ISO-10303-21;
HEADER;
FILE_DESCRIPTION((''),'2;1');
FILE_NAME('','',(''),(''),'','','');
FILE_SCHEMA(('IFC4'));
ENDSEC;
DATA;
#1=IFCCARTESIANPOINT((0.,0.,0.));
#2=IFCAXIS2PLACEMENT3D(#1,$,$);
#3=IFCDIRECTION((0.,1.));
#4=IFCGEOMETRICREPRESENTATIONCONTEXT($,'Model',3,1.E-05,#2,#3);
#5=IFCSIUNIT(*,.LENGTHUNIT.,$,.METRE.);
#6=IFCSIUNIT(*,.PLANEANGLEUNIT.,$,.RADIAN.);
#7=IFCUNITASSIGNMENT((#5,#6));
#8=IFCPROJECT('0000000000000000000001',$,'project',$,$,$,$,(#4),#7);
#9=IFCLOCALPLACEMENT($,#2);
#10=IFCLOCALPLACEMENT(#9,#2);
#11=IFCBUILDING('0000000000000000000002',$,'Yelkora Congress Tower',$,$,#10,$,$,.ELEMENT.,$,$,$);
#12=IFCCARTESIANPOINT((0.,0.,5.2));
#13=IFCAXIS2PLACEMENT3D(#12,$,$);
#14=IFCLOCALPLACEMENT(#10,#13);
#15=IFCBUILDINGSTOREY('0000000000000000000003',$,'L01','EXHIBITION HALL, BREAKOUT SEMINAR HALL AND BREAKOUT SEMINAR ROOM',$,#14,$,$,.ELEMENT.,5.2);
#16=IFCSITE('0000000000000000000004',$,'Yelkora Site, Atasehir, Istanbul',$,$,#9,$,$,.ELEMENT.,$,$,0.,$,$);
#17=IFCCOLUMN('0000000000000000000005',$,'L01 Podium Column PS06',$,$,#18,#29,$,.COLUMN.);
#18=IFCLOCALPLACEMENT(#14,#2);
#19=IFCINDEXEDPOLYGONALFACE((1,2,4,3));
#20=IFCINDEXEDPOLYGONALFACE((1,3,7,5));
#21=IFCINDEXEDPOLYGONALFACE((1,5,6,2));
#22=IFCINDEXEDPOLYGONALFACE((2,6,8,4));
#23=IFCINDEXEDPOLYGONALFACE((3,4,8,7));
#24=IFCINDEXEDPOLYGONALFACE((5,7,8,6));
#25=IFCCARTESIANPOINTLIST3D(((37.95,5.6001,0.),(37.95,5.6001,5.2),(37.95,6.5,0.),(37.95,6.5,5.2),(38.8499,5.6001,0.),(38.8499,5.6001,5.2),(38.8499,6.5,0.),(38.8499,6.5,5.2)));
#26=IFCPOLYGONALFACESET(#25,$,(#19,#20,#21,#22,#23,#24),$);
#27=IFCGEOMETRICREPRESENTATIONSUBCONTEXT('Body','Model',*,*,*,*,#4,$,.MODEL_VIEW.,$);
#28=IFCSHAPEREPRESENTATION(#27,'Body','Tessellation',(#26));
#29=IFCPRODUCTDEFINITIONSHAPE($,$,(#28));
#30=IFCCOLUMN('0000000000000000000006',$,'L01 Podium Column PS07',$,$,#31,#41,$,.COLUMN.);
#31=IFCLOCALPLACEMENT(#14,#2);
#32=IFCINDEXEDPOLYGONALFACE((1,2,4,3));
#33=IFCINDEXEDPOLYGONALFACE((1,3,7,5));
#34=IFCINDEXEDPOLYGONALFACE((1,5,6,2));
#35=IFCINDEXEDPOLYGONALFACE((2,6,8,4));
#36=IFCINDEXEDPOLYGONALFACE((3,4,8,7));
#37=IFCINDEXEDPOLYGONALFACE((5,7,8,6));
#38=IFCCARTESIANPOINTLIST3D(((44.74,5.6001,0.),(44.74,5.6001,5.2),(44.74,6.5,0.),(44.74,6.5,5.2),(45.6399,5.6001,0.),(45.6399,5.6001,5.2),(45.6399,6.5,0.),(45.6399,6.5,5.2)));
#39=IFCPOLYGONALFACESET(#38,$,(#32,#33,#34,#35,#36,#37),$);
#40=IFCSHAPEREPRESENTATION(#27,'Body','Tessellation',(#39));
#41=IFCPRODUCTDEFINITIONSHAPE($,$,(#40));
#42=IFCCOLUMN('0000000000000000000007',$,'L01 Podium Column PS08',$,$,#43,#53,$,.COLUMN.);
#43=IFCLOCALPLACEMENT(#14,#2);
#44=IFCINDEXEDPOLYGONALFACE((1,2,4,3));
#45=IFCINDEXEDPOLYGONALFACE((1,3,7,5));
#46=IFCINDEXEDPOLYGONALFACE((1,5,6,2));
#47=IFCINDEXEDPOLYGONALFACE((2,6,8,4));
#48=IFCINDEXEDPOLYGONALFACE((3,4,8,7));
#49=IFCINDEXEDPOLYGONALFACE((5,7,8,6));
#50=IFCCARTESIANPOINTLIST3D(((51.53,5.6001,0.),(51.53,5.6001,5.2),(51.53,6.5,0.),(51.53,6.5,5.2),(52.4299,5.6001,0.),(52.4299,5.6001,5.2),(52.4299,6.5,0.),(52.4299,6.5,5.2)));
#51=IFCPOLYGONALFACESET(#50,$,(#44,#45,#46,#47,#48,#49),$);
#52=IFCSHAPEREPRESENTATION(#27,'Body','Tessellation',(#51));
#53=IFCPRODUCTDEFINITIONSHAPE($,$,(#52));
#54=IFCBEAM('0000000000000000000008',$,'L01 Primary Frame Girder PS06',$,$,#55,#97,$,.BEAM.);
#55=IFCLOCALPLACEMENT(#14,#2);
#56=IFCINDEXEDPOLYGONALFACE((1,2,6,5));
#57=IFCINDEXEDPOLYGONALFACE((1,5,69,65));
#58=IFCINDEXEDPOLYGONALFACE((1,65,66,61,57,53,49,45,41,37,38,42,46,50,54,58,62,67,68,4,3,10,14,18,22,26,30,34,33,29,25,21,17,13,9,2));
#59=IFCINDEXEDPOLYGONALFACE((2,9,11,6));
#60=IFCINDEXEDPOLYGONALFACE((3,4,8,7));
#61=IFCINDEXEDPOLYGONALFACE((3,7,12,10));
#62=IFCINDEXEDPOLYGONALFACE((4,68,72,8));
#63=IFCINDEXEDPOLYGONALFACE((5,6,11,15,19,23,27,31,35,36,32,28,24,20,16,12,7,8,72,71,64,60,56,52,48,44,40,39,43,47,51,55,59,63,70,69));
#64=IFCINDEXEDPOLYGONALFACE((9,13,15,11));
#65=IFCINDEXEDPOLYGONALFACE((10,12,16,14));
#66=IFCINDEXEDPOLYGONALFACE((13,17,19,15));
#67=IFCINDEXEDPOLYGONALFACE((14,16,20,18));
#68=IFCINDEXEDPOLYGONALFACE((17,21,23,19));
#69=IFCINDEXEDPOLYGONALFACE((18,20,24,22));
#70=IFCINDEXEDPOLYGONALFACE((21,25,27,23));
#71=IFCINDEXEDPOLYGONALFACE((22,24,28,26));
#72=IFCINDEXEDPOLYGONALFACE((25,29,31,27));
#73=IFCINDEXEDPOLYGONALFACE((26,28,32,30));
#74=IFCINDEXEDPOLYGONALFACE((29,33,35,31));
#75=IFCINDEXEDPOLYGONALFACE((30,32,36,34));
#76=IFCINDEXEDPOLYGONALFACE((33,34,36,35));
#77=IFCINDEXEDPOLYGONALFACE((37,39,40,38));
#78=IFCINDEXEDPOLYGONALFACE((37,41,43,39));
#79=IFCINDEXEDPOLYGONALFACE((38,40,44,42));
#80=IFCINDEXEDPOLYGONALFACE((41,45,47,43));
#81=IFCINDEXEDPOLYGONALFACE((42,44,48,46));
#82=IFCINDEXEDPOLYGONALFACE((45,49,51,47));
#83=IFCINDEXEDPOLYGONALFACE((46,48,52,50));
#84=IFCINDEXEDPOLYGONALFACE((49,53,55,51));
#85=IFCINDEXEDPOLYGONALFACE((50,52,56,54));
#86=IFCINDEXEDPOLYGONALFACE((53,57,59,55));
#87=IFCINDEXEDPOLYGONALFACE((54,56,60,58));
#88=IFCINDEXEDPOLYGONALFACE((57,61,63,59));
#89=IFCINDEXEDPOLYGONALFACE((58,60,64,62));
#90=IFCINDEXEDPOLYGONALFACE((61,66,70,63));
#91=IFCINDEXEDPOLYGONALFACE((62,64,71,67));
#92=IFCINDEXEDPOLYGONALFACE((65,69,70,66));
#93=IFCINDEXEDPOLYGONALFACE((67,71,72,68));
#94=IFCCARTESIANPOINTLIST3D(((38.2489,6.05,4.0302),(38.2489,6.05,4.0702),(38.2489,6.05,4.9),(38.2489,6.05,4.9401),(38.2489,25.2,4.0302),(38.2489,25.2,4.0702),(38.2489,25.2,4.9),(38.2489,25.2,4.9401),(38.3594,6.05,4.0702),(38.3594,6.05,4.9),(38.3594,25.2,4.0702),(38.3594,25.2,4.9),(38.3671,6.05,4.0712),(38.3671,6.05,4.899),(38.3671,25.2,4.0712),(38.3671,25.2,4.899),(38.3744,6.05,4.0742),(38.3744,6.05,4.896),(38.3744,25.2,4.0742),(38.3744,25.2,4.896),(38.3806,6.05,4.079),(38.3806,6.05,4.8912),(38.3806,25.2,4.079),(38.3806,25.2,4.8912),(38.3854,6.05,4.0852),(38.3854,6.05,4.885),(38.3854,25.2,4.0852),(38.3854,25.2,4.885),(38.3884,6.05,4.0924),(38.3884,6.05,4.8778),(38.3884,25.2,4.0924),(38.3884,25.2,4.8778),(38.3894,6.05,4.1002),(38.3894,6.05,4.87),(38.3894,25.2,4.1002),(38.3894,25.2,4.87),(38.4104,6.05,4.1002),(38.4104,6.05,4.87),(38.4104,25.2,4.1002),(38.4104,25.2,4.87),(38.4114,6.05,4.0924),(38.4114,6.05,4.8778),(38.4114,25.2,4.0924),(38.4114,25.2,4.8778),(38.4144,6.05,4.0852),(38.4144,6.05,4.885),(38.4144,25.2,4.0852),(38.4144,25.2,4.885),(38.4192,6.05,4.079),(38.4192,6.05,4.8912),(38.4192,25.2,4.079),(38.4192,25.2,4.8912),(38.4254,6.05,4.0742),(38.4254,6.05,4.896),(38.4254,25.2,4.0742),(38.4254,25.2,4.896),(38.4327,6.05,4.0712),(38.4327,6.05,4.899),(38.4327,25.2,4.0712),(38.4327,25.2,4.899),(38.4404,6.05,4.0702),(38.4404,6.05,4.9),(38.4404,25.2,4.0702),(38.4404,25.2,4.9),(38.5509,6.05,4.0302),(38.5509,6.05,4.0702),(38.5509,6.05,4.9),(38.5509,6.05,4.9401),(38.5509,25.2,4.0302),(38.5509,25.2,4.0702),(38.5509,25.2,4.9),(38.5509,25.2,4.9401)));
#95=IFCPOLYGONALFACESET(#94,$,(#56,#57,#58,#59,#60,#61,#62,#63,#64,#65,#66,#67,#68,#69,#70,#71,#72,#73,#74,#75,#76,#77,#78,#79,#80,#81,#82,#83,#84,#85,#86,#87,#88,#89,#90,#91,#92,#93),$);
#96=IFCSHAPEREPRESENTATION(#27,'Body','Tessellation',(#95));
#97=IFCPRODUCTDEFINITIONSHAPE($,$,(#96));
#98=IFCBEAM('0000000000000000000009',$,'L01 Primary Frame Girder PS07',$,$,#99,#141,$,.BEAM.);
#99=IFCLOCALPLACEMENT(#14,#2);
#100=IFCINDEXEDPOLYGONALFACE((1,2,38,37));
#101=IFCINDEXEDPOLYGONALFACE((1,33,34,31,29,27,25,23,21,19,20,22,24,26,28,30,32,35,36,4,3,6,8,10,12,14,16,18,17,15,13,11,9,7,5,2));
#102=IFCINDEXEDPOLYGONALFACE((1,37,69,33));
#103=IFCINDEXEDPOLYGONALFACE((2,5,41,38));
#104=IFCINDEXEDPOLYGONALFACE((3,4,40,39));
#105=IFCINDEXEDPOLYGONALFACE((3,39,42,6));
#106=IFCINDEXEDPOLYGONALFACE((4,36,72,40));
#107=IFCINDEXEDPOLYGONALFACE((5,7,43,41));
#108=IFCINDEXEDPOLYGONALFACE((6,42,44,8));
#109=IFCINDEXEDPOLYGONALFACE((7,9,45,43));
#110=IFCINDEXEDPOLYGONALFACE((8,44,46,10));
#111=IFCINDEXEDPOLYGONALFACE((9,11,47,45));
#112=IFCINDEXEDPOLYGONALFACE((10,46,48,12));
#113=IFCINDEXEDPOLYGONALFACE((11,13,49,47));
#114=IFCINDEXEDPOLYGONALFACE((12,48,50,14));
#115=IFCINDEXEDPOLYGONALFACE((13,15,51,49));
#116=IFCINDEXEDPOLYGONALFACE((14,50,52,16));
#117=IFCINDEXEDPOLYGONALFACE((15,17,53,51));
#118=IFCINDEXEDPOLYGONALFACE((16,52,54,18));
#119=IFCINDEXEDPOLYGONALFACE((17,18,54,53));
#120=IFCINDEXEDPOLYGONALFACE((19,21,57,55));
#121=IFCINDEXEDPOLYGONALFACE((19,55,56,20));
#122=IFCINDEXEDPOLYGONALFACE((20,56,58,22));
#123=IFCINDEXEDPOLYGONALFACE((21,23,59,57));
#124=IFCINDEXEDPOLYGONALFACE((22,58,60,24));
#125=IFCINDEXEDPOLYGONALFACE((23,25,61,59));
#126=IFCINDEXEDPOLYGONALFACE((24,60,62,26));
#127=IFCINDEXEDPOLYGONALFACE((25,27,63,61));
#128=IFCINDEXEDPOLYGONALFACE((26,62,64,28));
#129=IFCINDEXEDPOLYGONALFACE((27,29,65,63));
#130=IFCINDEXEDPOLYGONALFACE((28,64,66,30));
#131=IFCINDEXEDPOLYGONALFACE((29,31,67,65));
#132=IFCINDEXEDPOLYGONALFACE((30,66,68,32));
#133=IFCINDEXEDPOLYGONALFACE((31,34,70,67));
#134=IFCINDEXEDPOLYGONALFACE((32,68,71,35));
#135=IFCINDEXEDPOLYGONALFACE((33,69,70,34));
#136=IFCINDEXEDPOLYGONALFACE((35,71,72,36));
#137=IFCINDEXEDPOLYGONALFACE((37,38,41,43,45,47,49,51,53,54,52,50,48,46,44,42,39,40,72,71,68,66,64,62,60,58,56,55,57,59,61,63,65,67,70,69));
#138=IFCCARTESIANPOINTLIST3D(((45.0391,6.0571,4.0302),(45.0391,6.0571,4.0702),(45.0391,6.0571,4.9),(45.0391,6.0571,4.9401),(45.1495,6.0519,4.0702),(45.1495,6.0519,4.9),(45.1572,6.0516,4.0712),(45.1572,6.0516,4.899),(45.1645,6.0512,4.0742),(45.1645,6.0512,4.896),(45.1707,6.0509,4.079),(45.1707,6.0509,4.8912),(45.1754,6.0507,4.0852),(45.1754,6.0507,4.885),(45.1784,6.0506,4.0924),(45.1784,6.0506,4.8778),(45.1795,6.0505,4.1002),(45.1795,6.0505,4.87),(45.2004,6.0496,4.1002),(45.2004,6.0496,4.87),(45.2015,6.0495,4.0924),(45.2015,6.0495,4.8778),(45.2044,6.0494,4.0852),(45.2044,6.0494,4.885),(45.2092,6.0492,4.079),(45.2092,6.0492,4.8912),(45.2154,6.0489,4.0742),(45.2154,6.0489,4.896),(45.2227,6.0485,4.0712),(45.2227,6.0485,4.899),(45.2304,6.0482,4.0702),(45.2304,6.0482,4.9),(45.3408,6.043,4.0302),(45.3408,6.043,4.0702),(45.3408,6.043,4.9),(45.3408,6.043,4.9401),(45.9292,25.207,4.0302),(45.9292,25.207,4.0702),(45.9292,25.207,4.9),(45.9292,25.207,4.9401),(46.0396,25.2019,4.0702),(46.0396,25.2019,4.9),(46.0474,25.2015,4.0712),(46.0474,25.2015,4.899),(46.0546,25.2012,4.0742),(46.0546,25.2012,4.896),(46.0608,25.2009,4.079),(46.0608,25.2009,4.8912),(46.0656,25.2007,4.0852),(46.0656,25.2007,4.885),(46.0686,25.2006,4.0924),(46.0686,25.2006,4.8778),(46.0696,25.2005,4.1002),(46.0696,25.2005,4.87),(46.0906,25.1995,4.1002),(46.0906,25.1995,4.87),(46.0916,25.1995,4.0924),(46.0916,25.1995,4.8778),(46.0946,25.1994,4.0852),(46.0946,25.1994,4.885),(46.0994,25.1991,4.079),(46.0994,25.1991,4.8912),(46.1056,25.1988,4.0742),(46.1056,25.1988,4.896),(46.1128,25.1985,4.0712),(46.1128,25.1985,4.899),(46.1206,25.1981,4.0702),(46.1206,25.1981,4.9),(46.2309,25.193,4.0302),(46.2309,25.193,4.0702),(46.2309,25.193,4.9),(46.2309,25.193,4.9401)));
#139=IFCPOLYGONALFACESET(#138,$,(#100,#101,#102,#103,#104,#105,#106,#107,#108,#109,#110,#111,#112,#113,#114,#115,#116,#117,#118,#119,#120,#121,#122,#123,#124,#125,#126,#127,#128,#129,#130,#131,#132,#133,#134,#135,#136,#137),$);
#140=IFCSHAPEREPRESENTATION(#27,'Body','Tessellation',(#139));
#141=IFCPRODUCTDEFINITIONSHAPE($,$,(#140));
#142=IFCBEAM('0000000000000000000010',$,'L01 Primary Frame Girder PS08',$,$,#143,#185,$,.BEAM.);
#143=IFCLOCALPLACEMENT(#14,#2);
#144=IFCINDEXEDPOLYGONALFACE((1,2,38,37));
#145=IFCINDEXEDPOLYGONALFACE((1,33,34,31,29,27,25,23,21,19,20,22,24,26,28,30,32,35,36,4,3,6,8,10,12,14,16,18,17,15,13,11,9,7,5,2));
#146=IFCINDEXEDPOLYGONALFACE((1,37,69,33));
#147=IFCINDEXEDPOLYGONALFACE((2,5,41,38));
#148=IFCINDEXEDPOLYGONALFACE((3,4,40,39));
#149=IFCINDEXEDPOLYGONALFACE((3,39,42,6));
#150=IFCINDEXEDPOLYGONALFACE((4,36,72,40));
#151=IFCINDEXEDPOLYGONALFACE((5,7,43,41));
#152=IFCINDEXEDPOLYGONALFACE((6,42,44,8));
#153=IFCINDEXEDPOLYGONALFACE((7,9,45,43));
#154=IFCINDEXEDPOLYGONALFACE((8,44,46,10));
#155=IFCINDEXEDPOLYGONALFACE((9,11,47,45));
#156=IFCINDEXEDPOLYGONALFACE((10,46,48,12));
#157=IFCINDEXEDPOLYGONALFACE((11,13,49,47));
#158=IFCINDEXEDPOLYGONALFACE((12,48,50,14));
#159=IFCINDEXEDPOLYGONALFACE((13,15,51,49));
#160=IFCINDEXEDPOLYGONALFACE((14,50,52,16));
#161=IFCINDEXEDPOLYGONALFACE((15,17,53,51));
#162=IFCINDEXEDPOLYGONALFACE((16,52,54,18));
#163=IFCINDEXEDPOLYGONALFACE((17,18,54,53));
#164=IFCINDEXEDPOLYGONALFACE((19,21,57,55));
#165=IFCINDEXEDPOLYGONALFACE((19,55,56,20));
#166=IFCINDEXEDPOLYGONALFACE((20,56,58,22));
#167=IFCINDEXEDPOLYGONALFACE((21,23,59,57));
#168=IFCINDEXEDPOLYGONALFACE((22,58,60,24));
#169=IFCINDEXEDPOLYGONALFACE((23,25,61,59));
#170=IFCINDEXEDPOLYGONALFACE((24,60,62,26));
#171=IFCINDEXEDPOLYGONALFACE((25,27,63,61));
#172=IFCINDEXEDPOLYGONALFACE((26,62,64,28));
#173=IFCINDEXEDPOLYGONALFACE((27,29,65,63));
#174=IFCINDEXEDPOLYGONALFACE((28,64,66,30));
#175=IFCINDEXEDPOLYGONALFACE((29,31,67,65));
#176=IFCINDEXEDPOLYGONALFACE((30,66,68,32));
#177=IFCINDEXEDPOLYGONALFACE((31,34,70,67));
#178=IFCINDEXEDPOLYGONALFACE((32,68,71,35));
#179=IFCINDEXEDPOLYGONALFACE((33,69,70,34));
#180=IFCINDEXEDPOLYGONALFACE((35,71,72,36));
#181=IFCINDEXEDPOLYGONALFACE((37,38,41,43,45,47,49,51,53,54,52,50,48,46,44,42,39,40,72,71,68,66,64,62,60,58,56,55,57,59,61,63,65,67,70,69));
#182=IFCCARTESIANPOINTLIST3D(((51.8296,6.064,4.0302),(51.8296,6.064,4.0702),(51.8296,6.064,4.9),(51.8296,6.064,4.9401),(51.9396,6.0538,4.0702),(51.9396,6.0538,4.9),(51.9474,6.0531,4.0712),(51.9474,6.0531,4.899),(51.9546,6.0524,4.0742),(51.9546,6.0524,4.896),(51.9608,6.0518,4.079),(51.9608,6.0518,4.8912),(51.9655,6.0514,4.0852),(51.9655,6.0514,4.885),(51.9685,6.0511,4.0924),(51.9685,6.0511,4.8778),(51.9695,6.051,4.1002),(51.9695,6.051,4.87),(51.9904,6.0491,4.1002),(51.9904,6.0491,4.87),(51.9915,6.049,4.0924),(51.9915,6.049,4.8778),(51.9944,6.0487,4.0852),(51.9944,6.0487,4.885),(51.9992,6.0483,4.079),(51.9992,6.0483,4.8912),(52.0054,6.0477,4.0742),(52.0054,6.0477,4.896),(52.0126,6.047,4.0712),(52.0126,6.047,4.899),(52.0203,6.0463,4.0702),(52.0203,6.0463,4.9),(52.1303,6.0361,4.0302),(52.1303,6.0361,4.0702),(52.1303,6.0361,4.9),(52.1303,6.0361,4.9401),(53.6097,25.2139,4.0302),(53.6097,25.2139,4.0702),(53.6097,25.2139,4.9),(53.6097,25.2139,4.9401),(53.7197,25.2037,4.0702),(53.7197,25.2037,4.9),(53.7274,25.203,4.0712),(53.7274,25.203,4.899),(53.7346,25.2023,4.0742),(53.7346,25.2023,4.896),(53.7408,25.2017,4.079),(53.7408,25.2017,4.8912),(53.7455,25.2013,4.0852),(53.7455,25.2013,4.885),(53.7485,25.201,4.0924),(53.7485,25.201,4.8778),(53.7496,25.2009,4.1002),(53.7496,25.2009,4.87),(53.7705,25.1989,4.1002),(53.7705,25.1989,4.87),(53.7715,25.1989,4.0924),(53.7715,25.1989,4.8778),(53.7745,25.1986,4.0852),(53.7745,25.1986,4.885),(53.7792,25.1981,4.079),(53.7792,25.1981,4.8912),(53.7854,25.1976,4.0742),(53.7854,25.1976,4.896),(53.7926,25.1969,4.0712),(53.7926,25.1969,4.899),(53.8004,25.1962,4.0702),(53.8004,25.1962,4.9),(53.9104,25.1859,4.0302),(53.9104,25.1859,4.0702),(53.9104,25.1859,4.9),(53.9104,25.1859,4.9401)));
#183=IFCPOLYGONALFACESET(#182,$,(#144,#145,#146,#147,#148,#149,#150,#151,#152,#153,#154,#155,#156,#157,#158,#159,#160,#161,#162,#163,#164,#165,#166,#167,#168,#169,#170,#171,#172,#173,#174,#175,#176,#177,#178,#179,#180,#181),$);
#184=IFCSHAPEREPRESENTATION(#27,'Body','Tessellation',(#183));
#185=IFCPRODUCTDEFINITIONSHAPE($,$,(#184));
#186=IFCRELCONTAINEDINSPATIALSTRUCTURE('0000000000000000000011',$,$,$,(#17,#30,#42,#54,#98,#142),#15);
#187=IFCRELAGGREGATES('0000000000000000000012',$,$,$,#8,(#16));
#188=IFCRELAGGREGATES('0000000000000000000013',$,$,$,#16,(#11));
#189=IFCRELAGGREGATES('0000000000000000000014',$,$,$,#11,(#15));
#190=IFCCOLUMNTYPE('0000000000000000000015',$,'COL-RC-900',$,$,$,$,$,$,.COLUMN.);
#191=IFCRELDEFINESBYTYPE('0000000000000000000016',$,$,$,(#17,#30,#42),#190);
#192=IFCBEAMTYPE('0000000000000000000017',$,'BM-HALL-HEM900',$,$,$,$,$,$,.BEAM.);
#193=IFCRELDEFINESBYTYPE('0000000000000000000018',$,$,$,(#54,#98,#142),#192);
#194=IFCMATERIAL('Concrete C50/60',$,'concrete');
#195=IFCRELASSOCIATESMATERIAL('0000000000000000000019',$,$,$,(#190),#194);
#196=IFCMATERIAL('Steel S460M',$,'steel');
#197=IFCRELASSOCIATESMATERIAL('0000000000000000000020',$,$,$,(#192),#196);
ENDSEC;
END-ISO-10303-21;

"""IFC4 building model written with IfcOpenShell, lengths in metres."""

from ifc_helpers import new_model, si_unit, direction, frame, origin, origin_2d, place, context, subcontext, project, spatial, rectangle, i_section, extrude, material, material_profile, profile_set, type_object, element, save


model = new_model("IFC4")

# Units and contexts
model_context = context("Model", 3, precision=1e-05, world=origin(), true_north=direction((0.0, 1.0)))
body_context = subcontext(model_context, "Body", "Model", "MODEL_VIEW")
ifc_project = project(units=[si_unit("LENGTHUNIT", "METRE"), si_unit("PLANEANGLEUNIT", "RADIAN")], contexts=[model_context])

# Site, building, storey
site_placement = place(None, origin())
site = spatial("IfcSite", under=ifc_project, at=site_placement, Name="Yelkora Site, Atasehir, Istanbul", CompositionType="ELEMENT", RefElevation=0.0)
building_placement = place(site_placement, origin())
building = spatial("IfcBuilding", under=site, at=building_placement, Name="Yelkora Congress Tower", CompositionType="ELEMENT")
storey_placement = place(building_placement, frame((0.0, 0.0, 5.2)))
storey = spatial("IfcBuildingStorey", under=building, at=storey_placement, Name="L01", Description="EXHIBITION HALL, BREAKOUT SEMINAR HALL AND BREAKOUT SEMINAR ROOM", CompositionType="ELEMENT", Elevation=5.2)

# Columns
ifc_material_1 = material(Name="Concrete C50/60", Category="concrete")
ifc_material_profile_1 = material_profile(ifc_material_1, rectangle(XDim=0.8999, YDim=0.8999, at=origin_2d()), Name="RC 900x900")
ifc_profile_set_1 = profile_set([ifc_material_profile_1], Name="Concrete C50/60")
column_type = type_object("IfcColumnType", Name="COL-RC-900", PredefinedType="COLUMN", material=ifc_profile_set_1)
for number, where, z_axis, x_axis, name in (
    (1, (38.3999, 6.05, 0.0), (0.0, 0.0, 1.0), (1.0, 0.0, 0.0), "L01 Podium Column PS06"),
    (2, (45.1899, 6.05, 0.0), (0.0, 0.0, 1.0), (1.0, 0.0, 0.0), "L01 Podium Column PS07"),
    (3, (51.98, 6.05, 0.0), (0.0, 0.0, 1.0), (1.0, 0.0, 0.0), "L01 Podium Column PS08"),
):
    element("IfcColumn", number, at=place(storey_placement, frame(where, z_axis=z_axis, x_axis=x_axis)), inside=storey, type_object=column_type, Name=name, PredefinedType="COLUMN", context=body_context, shape_type="SweptSolid", body=[
        extrude(rectangle(XDim=0.8999, YDim=0.8999, at=origin_2d()), origin(), (0.0, 0.0, 1.0), 5.2),
    ])

# Beams
ifc_material_2 = material(Name="Steel S460M", Category="steel")
ifc_material_profile_2 = material_profile(ifc_material_2, i_section(OverallWidth=0.302, OverallDepth=0.9099, WebThickness=0.021, FlangeThickness=0.04, FilletRadius=0.03, at=origin_2d()), Name="HEM 900")
ifc_profile_set_2 = profile_set([ifc_material_profile_2], Name="Steel S460M")
beam_type_1 = type_object("IfcBeamType", Name="BM-HALL-HEM900", PredefinedType="BEAM", material=ifc_profile_set_2)
beam_1_placement = place(storey_placement, frame((38.3999, 6.05, 4.4851), z_axis=(0.0, 1.0, 0.0), x_axis=(-1.0, 0.0, 0.0)))
element("IfcBeam", 4, at=beam_1_placement, inside=storey, type_object=beam_type_1, Name="L01 Primary Frame Girder PS06", PredefinedType="BEAM", context=body_context, shape_type="SweptSolid", body=[
    extrude(i_section(OverallWidth=0.302, OverallDepth=0.9099, WebThickness=0.021, FlangeThickness=0.04, FilletRadius=0.03, at=origin_2d()), origin(), (0.0, 0.0, 1.0), 19.1499),
])
beam_2_placement = place(storey_placement, frame((45.1899, 6.05, 4.4851), z_axis=(0.046432, 0.998921, 0.0), x_axis=(-0.998921, 0.046432, 0.0)))
element("IfcBeam", 5, at=beam_2_placement, inside=storey, type_object=beam_type_1, Name="L01 Primary Frame Girder PS07", PredefinedType="BEAM", context=body_context, shape_type="SweptSolid", body=[
    extrude(i_section(OverallWidth=0.302, OverallDepth=0.9099, WebThickness=0.021, FlangeThickness=0.04, FilletRadius=0.03, at=origin_2d()), origin(), (0.0, 0.0, 1.0), 19.1707),
])
beam_3_placement = place(storey_placement, frame((51.98, 6.05, 4.4851), z_axis=(0.092553, 0.995708, 0.0), x_axis=(-0.995708, 0.092553, 0.0)))
element("IfcBeam", 6, at=beam_3_placement, inside=storey, type_object=beam_type_1, Name="L01 Primary Frame Girder PS08", PredefinedType="BEAM", context=body_context, shape_type="SweptSolid", body=[
    extrude(i_section(OverallWidth=0.302, OverallDepth=0.9099, WebThickness=0.021, FlangeThickness=0.04, FilletRadius=0.03, at=origin_2d()), origin(), (0.0, 0.0, 1.0), 19.2324),
])

save(model, "model.ifc")
